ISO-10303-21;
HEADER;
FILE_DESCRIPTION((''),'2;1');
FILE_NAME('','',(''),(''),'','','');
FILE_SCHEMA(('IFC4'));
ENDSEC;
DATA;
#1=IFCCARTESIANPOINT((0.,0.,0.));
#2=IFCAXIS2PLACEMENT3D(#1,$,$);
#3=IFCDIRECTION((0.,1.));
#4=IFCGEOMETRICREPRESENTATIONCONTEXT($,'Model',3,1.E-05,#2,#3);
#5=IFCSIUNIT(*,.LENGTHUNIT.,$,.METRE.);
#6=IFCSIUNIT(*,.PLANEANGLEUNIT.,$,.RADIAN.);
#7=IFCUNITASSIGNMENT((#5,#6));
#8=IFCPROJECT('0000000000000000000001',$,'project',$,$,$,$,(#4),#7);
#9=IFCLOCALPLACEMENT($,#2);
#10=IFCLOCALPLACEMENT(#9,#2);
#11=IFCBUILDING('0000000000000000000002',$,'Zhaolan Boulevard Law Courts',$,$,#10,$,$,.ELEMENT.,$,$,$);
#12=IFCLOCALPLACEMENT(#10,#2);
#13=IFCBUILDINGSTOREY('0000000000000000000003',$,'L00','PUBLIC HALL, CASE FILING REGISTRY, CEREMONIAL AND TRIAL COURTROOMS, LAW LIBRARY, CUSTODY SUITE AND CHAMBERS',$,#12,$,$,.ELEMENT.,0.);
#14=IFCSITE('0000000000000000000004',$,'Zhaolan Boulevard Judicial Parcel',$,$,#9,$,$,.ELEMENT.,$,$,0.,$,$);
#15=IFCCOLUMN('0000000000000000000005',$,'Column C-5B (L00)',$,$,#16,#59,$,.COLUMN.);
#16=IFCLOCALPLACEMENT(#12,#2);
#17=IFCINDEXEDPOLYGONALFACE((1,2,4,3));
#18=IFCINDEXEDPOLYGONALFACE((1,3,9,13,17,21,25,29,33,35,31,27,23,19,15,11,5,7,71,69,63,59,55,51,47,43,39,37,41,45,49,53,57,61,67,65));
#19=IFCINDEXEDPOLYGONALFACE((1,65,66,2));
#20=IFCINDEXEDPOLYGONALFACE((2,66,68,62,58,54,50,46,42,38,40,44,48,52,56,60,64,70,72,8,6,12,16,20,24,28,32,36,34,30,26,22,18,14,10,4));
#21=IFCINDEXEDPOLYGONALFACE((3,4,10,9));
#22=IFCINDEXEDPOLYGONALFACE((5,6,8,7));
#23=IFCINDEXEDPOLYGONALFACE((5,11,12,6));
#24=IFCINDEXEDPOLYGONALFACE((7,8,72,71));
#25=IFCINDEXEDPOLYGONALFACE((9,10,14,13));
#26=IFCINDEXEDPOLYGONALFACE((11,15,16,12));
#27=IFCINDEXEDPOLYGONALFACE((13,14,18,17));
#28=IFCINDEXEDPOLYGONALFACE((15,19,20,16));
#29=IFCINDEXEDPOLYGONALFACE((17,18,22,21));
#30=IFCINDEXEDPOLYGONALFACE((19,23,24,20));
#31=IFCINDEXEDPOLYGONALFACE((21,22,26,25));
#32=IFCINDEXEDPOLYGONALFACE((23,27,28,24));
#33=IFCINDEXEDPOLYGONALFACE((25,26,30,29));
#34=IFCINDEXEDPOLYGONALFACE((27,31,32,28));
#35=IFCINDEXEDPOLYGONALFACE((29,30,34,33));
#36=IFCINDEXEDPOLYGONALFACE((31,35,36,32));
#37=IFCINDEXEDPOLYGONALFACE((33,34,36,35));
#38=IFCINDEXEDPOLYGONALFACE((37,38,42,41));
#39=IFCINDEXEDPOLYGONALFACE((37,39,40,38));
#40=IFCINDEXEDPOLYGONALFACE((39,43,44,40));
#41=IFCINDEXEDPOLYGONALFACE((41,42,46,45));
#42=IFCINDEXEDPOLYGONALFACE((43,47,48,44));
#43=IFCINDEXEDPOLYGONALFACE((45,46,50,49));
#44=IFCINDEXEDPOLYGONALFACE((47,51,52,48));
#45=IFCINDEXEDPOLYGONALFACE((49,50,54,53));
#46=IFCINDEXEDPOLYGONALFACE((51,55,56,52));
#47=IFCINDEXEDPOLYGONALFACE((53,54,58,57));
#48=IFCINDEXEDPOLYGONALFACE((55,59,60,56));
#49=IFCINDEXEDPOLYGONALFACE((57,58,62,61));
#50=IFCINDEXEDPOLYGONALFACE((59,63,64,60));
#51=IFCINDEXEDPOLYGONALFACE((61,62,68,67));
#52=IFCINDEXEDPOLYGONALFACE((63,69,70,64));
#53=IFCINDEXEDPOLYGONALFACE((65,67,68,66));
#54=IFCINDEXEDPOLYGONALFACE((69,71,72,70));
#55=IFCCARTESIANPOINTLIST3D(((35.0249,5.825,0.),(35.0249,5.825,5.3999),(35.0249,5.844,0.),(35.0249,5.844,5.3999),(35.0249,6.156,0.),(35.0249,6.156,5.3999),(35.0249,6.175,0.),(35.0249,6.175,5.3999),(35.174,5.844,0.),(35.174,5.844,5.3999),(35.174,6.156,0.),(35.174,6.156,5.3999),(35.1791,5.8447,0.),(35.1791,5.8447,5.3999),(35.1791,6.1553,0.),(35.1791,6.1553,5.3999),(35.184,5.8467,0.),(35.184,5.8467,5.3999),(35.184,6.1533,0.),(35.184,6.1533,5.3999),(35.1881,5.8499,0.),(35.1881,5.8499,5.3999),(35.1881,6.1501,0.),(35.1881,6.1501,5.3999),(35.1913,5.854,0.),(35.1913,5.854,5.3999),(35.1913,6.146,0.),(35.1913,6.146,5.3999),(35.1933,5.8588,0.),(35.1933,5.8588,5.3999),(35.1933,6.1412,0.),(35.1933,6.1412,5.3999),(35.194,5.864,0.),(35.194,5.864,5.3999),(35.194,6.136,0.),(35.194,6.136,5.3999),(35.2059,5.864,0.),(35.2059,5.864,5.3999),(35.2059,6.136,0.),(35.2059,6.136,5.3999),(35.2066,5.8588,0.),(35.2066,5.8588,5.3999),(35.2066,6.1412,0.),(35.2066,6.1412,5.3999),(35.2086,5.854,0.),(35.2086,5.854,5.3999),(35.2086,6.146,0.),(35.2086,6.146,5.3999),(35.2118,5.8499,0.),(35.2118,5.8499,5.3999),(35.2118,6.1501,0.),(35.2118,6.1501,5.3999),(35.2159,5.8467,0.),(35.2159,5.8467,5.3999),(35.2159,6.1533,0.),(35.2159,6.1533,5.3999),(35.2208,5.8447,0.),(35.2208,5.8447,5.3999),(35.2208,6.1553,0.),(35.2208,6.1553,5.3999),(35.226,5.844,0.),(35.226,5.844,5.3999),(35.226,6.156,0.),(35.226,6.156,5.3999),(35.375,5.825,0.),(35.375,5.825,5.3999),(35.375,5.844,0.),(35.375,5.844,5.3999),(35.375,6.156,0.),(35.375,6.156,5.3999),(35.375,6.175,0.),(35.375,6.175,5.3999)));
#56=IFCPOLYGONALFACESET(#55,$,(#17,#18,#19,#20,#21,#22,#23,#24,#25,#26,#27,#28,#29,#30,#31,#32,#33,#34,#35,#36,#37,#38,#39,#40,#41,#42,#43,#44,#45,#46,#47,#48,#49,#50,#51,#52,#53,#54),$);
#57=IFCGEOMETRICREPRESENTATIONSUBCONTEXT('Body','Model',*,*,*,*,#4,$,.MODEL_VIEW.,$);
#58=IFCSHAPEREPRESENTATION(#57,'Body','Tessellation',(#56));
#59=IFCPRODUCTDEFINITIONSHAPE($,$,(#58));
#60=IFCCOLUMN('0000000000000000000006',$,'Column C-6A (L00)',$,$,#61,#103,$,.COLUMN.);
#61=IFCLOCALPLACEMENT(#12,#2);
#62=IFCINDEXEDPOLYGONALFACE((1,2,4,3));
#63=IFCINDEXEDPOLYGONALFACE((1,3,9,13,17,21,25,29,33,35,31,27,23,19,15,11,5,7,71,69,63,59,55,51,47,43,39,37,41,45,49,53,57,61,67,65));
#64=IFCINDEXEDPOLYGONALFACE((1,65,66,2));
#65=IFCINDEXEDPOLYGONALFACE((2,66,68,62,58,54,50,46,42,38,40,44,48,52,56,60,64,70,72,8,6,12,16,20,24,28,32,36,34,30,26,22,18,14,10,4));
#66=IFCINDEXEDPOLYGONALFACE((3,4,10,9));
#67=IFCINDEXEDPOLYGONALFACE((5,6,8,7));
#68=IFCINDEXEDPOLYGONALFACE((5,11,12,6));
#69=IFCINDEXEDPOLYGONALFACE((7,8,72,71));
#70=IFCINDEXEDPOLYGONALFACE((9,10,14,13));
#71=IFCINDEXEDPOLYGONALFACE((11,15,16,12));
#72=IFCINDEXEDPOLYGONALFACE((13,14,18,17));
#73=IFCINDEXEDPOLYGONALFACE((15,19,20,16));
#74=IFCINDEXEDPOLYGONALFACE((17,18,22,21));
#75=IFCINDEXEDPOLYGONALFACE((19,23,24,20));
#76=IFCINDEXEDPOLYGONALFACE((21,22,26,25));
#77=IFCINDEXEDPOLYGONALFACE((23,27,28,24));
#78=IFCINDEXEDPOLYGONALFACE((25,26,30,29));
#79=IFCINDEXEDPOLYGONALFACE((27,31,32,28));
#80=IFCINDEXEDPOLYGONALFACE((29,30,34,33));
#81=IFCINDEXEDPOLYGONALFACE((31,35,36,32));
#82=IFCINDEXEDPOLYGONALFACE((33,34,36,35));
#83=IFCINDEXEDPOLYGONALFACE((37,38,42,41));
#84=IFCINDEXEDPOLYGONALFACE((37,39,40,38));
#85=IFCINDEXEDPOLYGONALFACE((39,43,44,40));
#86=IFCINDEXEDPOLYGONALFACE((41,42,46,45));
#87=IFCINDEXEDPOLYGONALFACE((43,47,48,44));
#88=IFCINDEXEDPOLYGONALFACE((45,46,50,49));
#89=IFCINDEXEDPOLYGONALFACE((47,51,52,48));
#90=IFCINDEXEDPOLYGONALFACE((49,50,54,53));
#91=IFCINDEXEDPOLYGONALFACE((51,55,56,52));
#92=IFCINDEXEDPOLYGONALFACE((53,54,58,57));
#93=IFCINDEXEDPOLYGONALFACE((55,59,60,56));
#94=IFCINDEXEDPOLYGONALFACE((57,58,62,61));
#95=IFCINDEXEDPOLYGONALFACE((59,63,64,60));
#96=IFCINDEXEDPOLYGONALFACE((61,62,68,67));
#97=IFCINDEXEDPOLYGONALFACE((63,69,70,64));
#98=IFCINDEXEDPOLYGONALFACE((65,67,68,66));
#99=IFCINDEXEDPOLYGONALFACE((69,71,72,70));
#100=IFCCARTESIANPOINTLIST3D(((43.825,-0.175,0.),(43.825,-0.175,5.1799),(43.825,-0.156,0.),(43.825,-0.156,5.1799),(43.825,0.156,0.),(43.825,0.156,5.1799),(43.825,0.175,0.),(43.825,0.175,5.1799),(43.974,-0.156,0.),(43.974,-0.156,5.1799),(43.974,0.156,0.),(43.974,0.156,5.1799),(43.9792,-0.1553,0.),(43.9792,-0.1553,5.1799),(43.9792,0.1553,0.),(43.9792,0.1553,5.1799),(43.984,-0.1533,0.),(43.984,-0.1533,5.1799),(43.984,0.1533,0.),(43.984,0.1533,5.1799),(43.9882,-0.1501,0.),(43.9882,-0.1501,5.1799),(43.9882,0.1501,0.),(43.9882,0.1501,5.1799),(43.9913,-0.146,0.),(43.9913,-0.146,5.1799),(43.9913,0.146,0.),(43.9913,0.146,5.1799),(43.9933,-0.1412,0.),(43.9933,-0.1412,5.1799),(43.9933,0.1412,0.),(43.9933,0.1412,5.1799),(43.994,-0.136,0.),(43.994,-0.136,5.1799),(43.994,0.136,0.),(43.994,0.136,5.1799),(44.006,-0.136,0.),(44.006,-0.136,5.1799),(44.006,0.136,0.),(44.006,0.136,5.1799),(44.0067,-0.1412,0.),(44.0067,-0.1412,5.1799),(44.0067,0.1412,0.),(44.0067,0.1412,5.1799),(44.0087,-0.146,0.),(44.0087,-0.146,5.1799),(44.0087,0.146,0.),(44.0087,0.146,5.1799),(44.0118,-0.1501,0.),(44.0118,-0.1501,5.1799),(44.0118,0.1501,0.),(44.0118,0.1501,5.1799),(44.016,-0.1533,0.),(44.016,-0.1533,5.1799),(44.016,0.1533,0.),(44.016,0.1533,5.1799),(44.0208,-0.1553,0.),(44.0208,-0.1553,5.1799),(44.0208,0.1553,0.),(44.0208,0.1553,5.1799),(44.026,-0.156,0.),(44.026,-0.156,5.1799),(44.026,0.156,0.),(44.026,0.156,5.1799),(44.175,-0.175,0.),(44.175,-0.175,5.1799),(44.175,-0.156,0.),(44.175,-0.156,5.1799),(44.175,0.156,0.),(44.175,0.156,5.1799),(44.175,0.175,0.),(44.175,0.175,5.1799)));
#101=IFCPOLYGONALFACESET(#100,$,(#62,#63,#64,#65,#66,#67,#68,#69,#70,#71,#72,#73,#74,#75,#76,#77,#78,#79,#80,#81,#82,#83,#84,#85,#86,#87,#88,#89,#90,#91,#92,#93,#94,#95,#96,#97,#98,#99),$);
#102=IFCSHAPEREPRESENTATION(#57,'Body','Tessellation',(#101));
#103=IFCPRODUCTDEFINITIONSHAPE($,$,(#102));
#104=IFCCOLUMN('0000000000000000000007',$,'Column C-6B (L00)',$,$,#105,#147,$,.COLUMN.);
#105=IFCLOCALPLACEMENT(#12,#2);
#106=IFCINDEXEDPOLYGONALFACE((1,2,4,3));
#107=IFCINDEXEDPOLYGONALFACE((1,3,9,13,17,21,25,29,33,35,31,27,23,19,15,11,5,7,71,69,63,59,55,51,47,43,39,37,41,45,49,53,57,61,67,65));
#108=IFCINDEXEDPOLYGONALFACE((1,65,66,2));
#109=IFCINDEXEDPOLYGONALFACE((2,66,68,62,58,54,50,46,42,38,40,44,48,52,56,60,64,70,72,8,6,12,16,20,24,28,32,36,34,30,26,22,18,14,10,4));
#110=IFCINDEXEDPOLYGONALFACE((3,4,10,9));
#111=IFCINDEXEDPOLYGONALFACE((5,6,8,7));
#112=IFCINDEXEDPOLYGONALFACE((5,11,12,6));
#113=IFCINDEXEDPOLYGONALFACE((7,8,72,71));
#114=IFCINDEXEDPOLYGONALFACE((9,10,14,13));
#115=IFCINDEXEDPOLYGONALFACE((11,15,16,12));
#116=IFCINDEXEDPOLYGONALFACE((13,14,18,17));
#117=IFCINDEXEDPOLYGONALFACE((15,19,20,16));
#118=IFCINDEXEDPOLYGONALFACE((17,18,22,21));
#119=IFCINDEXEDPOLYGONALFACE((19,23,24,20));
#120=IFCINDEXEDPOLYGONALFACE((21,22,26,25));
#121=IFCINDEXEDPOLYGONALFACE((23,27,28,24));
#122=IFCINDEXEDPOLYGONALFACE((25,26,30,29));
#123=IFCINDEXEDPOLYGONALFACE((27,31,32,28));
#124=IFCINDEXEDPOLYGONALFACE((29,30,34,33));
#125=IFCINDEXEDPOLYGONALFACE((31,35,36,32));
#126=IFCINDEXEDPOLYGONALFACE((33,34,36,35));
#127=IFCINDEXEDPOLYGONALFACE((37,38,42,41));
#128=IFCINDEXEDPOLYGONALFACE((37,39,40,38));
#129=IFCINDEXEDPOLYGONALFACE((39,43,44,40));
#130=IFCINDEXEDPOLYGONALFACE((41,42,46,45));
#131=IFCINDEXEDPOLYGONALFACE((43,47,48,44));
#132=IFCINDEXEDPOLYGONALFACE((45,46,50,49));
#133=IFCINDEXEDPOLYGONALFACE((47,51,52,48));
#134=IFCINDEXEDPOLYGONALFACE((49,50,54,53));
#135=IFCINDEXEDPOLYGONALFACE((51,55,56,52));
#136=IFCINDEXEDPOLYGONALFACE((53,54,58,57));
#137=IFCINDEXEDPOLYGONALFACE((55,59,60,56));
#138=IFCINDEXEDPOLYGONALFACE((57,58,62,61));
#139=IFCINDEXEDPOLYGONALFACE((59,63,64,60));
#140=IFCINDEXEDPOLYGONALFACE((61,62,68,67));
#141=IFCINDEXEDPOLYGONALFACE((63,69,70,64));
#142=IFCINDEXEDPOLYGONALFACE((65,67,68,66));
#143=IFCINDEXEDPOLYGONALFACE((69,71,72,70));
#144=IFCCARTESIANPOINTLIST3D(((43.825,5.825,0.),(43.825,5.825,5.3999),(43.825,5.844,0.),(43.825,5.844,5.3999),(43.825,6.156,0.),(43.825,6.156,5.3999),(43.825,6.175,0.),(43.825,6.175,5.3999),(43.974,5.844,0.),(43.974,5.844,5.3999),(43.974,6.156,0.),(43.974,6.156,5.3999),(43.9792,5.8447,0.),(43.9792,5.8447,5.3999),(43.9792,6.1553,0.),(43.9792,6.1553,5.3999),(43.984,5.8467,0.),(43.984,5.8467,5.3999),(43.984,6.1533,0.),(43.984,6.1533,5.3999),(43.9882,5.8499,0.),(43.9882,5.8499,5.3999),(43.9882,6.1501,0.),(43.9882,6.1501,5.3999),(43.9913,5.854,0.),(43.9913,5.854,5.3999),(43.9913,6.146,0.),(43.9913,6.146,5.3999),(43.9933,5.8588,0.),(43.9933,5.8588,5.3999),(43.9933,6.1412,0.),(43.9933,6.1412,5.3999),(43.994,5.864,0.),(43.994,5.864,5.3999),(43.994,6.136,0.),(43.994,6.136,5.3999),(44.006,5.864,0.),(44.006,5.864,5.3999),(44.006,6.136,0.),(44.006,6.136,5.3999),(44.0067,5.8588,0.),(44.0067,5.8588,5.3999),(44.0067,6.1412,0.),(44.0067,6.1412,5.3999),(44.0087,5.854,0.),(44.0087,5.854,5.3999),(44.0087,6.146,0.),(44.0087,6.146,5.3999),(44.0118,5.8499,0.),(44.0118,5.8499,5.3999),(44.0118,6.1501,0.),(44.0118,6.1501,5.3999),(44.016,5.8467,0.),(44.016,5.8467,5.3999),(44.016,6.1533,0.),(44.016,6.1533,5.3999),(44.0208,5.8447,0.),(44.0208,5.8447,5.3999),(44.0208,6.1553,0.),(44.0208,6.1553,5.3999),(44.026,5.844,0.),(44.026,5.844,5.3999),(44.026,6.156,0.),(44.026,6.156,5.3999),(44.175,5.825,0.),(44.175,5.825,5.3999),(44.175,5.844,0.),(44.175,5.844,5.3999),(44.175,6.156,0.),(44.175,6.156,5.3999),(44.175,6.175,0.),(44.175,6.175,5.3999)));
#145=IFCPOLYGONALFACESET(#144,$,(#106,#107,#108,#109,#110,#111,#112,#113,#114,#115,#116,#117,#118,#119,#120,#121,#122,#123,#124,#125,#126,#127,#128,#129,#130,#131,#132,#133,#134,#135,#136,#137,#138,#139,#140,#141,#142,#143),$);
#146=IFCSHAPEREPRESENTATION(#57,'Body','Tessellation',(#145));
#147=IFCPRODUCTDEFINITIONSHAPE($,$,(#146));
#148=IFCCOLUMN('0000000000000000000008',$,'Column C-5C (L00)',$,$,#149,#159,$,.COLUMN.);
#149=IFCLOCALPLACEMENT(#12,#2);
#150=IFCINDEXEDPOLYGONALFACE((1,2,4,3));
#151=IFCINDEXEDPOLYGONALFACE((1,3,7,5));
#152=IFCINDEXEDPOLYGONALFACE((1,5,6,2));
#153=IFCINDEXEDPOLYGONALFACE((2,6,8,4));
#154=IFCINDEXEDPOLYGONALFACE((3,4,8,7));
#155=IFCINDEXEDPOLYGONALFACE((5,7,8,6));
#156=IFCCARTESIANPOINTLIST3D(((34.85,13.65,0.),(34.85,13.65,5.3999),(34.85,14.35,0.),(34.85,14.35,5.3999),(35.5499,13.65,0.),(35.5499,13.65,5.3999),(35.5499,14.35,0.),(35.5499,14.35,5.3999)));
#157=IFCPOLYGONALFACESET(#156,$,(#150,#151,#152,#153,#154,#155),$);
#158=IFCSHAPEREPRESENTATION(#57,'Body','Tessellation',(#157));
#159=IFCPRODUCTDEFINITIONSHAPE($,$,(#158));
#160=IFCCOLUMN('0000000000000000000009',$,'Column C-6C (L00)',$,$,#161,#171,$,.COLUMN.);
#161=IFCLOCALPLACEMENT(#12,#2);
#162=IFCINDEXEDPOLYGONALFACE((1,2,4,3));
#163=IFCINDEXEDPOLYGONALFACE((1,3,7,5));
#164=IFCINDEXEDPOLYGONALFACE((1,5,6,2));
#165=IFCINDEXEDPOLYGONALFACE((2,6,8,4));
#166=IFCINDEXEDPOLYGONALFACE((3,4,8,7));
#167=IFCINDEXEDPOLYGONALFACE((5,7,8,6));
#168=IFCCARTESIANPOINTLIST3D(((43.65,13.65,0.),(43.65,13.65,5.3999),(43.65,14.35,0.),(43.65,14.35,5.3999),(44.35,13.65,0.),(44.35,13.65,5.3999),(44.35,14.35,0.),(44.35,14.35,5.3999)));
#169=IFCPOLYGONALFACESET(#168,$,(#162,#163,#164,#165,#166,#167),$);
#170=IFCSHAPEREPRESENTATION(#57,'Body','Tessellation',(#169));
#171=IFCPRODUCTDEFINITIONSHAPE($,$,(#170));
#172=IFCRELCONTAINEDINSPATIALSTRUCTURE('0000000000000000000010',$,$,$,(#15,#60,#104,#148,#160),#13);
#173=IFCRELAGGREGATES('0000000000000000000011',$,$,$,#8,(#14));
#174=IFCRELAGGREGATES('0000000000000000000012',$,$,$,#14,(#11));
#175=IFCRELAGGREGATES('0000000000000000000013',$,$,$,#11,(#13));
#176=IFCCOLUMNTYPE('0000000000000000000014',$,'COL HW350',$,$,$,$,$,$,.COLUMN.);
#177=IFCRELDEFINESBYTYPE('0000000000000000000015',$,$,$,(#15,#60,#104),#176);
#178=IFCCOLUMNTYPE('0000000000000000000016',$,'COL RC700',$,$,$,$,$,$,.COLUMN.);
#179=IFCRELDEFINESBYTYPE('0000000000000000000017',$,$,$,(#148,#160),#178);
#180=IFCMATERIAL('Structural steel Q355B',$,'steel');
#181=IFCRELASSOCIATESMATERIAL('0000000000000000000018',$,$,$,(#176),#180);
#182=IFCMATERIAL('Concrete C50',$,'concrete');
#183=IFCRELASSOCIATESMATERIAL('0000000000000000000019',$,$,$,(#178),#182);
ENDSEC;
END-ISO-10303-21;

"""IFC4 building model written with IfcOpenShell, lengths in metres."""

from ifc_helpers import new_model, si_unit, direction, frame, origin, origin_2d, place, context, subcontext, project, spatial, rectangle, i_section, extrude, material, material_profile, profile_set, type_object, element, save


model = new_model("IFC4")

# Units and contexts
model_context = context("Model", 3, precision=1e-05, world=origin(), true_north=direction((0.0, 1.0)))
body_context = subcontext(model_context, "Body", "Model", "MODEL_VIEW")
ifc_project = project(units=[si_unit("LENGTHUNIT", "METRE"), si_unit("PLANEANGLEUNIT", "RADIAN")], contexts=[model_context])

# Site, building, storey
site_placement = place(None, origin())
site = spatial("IfcSite", under=ifc_project, at=site_placement, Name="Zhaolan Boulevard Judicial Parcel", CompositionType="ELEMENT", RefElevation=0.0)
building_placement = place(site_placement, origin())
building = spatial("IfcBuilding", under=site, at=building_placement, Name="Zhaolan Boulevard Law Courts", CompositionType="ELEMENT")
storey_placement = place(building_placement, origin())
storey = spatial("IfcBuildingStorey", under=building, at=storey_placement, Name="L00", Description="PUBLIC HALL, CASE FILING REGISTRY, CEREMONIAL AND TRIAL COURTROOMS, LAW LIBRARY, CUSTODY SUITE AND CHAMBERS", CompositionType="ELEMENT", Elevation=0.0)

# Columns
ifc_material_1 = material(Name="Structural steel Q355B", Category="steel")
ifc_material_profile_1 = material_profile(ifc_material_1, i_section(OverallWidth=0.3501, OverallDepth=0.3501, WebThickness=0.012, FlangeThickness=0.019, FilletRadius=0.02, at=origin_2d()), Name="HW350x350")
ifc_profile_set_1 = profile_set([ifc_material_profile_1], Name="Structural steel Q355B")
column_type_1 = type_object("IfcColumnType", Name="COL HW350", PredefinedType="COLUMN", material=ifc_profile_set_1)
column_1_placement = place(storey_placement, frame((35.2, 6.0, 0.0), z_axis=(0.0, 0.0, 1.0), x_axis=(1.0, 0.0, 0.0)))
element("IfcColumn", 1, at=column_1_placement, inside=storey, type_object=column_type_1, Name="Column C-5B (L00)", PredefinedType="COLUMN", context=body_context, shape_type="SweptSolid", body=[
    extrude(i_section(OverallWidth=0.3501, OverallDepth=0.3501, WebThickness=0.012, FlangeThickness=0.019, FilletRadius=0.02, at=origin_2d()), origin(), (0.0, 0.0, 1.0), 5.3999),
])
column_2_placement = place(storey_placement, frame((44.0, 0.0, 0.0), z_axis=(0.0, 0.0, 1.0), x_axis=(1.0, 0.0, 0.0)))
element("IfcColumn", 2, at=column_2_placement, inside=storey, type_object=column_type_1, Name="Column C-6A (L00)", PredefinedType="COLUMN", context=body_context, shape_type="SweptSolid", body=[
    extrude(i_section(OverallWidth=0.3501, OverallDepth=0.3501, WebThickness=0.012, FlangeThickness=0.019, FilletRadius=0.02, at=origin_2d()), origin(), (0.0, 0.0, 1.0), 5.1799),
])
column_3_placement = place(storey_placement, frame((44.0, 6.0, 0.0), z_axis=(0.0, 0.0, 1.0), x_axis=(1.0, 0.0, 0.0)))
element("IfcColumn", 3, at=column_3_placement, inside=storey, type_object=column_type_1, Name="Column C-6B (L00)", PredefinedType="COLUMN", context=body_context, shape_type="SweptSolid", body=[
    extrude(i_section(OverallWidth=0.3501, OverallDepth=0.3501, WebThickness=0.012, FlangeThickness=0.019, FilletRadius=0.02, at=origin_2d()), origin(), (0.0, 0.0, 1.0), 5.3999),
])
ifc_material_2 = material(Name="Concrete C50", Category="concrete")
ifc_material_profile_2 = material_profile(ifc_material_2, rectangle(XDim=0.7, YDim=0.7, at=origin_2d()), Name="RC700x700")
ifc_profile_set_2 = profile_set([ifc_material_profile_2], Name="Concrete C50")
column_type_2 = type_object("IfcColumnType", Name="COL RC700", PredefinedType="COLUMN", material=ifc_profile_set_2)
for number, where, z_axis, x_axis, name in (
    (4, (35.2, 14.0, 0.0), (0.0, 0.0, 1.0), (1.0, 0.0, 0.0), "Column C-5C (L00)"),
    (5, (44.0, 14.0, 0.0), (0.0, 0.0, 1.0), (1.0, 0.0, 0.0), "Column C-6C (L00)"),
):
    element("IfcColumn", number, at=place(storey_placement, frame(where, z_axis=z_axis, x_axis=x_axis)), inside=storey, type_object=column_type_2, Name=name, PredefinedType="COLUMN", context=body_context, shape_type="SweptSolid", body=[
        extrude(rectangle(XDim=0.7, YDim=0.7, at=origin_2d()), origin(), (0.0, 0.0, 1.0), 5.3999),
    ])

save(model, "model.ifc")
